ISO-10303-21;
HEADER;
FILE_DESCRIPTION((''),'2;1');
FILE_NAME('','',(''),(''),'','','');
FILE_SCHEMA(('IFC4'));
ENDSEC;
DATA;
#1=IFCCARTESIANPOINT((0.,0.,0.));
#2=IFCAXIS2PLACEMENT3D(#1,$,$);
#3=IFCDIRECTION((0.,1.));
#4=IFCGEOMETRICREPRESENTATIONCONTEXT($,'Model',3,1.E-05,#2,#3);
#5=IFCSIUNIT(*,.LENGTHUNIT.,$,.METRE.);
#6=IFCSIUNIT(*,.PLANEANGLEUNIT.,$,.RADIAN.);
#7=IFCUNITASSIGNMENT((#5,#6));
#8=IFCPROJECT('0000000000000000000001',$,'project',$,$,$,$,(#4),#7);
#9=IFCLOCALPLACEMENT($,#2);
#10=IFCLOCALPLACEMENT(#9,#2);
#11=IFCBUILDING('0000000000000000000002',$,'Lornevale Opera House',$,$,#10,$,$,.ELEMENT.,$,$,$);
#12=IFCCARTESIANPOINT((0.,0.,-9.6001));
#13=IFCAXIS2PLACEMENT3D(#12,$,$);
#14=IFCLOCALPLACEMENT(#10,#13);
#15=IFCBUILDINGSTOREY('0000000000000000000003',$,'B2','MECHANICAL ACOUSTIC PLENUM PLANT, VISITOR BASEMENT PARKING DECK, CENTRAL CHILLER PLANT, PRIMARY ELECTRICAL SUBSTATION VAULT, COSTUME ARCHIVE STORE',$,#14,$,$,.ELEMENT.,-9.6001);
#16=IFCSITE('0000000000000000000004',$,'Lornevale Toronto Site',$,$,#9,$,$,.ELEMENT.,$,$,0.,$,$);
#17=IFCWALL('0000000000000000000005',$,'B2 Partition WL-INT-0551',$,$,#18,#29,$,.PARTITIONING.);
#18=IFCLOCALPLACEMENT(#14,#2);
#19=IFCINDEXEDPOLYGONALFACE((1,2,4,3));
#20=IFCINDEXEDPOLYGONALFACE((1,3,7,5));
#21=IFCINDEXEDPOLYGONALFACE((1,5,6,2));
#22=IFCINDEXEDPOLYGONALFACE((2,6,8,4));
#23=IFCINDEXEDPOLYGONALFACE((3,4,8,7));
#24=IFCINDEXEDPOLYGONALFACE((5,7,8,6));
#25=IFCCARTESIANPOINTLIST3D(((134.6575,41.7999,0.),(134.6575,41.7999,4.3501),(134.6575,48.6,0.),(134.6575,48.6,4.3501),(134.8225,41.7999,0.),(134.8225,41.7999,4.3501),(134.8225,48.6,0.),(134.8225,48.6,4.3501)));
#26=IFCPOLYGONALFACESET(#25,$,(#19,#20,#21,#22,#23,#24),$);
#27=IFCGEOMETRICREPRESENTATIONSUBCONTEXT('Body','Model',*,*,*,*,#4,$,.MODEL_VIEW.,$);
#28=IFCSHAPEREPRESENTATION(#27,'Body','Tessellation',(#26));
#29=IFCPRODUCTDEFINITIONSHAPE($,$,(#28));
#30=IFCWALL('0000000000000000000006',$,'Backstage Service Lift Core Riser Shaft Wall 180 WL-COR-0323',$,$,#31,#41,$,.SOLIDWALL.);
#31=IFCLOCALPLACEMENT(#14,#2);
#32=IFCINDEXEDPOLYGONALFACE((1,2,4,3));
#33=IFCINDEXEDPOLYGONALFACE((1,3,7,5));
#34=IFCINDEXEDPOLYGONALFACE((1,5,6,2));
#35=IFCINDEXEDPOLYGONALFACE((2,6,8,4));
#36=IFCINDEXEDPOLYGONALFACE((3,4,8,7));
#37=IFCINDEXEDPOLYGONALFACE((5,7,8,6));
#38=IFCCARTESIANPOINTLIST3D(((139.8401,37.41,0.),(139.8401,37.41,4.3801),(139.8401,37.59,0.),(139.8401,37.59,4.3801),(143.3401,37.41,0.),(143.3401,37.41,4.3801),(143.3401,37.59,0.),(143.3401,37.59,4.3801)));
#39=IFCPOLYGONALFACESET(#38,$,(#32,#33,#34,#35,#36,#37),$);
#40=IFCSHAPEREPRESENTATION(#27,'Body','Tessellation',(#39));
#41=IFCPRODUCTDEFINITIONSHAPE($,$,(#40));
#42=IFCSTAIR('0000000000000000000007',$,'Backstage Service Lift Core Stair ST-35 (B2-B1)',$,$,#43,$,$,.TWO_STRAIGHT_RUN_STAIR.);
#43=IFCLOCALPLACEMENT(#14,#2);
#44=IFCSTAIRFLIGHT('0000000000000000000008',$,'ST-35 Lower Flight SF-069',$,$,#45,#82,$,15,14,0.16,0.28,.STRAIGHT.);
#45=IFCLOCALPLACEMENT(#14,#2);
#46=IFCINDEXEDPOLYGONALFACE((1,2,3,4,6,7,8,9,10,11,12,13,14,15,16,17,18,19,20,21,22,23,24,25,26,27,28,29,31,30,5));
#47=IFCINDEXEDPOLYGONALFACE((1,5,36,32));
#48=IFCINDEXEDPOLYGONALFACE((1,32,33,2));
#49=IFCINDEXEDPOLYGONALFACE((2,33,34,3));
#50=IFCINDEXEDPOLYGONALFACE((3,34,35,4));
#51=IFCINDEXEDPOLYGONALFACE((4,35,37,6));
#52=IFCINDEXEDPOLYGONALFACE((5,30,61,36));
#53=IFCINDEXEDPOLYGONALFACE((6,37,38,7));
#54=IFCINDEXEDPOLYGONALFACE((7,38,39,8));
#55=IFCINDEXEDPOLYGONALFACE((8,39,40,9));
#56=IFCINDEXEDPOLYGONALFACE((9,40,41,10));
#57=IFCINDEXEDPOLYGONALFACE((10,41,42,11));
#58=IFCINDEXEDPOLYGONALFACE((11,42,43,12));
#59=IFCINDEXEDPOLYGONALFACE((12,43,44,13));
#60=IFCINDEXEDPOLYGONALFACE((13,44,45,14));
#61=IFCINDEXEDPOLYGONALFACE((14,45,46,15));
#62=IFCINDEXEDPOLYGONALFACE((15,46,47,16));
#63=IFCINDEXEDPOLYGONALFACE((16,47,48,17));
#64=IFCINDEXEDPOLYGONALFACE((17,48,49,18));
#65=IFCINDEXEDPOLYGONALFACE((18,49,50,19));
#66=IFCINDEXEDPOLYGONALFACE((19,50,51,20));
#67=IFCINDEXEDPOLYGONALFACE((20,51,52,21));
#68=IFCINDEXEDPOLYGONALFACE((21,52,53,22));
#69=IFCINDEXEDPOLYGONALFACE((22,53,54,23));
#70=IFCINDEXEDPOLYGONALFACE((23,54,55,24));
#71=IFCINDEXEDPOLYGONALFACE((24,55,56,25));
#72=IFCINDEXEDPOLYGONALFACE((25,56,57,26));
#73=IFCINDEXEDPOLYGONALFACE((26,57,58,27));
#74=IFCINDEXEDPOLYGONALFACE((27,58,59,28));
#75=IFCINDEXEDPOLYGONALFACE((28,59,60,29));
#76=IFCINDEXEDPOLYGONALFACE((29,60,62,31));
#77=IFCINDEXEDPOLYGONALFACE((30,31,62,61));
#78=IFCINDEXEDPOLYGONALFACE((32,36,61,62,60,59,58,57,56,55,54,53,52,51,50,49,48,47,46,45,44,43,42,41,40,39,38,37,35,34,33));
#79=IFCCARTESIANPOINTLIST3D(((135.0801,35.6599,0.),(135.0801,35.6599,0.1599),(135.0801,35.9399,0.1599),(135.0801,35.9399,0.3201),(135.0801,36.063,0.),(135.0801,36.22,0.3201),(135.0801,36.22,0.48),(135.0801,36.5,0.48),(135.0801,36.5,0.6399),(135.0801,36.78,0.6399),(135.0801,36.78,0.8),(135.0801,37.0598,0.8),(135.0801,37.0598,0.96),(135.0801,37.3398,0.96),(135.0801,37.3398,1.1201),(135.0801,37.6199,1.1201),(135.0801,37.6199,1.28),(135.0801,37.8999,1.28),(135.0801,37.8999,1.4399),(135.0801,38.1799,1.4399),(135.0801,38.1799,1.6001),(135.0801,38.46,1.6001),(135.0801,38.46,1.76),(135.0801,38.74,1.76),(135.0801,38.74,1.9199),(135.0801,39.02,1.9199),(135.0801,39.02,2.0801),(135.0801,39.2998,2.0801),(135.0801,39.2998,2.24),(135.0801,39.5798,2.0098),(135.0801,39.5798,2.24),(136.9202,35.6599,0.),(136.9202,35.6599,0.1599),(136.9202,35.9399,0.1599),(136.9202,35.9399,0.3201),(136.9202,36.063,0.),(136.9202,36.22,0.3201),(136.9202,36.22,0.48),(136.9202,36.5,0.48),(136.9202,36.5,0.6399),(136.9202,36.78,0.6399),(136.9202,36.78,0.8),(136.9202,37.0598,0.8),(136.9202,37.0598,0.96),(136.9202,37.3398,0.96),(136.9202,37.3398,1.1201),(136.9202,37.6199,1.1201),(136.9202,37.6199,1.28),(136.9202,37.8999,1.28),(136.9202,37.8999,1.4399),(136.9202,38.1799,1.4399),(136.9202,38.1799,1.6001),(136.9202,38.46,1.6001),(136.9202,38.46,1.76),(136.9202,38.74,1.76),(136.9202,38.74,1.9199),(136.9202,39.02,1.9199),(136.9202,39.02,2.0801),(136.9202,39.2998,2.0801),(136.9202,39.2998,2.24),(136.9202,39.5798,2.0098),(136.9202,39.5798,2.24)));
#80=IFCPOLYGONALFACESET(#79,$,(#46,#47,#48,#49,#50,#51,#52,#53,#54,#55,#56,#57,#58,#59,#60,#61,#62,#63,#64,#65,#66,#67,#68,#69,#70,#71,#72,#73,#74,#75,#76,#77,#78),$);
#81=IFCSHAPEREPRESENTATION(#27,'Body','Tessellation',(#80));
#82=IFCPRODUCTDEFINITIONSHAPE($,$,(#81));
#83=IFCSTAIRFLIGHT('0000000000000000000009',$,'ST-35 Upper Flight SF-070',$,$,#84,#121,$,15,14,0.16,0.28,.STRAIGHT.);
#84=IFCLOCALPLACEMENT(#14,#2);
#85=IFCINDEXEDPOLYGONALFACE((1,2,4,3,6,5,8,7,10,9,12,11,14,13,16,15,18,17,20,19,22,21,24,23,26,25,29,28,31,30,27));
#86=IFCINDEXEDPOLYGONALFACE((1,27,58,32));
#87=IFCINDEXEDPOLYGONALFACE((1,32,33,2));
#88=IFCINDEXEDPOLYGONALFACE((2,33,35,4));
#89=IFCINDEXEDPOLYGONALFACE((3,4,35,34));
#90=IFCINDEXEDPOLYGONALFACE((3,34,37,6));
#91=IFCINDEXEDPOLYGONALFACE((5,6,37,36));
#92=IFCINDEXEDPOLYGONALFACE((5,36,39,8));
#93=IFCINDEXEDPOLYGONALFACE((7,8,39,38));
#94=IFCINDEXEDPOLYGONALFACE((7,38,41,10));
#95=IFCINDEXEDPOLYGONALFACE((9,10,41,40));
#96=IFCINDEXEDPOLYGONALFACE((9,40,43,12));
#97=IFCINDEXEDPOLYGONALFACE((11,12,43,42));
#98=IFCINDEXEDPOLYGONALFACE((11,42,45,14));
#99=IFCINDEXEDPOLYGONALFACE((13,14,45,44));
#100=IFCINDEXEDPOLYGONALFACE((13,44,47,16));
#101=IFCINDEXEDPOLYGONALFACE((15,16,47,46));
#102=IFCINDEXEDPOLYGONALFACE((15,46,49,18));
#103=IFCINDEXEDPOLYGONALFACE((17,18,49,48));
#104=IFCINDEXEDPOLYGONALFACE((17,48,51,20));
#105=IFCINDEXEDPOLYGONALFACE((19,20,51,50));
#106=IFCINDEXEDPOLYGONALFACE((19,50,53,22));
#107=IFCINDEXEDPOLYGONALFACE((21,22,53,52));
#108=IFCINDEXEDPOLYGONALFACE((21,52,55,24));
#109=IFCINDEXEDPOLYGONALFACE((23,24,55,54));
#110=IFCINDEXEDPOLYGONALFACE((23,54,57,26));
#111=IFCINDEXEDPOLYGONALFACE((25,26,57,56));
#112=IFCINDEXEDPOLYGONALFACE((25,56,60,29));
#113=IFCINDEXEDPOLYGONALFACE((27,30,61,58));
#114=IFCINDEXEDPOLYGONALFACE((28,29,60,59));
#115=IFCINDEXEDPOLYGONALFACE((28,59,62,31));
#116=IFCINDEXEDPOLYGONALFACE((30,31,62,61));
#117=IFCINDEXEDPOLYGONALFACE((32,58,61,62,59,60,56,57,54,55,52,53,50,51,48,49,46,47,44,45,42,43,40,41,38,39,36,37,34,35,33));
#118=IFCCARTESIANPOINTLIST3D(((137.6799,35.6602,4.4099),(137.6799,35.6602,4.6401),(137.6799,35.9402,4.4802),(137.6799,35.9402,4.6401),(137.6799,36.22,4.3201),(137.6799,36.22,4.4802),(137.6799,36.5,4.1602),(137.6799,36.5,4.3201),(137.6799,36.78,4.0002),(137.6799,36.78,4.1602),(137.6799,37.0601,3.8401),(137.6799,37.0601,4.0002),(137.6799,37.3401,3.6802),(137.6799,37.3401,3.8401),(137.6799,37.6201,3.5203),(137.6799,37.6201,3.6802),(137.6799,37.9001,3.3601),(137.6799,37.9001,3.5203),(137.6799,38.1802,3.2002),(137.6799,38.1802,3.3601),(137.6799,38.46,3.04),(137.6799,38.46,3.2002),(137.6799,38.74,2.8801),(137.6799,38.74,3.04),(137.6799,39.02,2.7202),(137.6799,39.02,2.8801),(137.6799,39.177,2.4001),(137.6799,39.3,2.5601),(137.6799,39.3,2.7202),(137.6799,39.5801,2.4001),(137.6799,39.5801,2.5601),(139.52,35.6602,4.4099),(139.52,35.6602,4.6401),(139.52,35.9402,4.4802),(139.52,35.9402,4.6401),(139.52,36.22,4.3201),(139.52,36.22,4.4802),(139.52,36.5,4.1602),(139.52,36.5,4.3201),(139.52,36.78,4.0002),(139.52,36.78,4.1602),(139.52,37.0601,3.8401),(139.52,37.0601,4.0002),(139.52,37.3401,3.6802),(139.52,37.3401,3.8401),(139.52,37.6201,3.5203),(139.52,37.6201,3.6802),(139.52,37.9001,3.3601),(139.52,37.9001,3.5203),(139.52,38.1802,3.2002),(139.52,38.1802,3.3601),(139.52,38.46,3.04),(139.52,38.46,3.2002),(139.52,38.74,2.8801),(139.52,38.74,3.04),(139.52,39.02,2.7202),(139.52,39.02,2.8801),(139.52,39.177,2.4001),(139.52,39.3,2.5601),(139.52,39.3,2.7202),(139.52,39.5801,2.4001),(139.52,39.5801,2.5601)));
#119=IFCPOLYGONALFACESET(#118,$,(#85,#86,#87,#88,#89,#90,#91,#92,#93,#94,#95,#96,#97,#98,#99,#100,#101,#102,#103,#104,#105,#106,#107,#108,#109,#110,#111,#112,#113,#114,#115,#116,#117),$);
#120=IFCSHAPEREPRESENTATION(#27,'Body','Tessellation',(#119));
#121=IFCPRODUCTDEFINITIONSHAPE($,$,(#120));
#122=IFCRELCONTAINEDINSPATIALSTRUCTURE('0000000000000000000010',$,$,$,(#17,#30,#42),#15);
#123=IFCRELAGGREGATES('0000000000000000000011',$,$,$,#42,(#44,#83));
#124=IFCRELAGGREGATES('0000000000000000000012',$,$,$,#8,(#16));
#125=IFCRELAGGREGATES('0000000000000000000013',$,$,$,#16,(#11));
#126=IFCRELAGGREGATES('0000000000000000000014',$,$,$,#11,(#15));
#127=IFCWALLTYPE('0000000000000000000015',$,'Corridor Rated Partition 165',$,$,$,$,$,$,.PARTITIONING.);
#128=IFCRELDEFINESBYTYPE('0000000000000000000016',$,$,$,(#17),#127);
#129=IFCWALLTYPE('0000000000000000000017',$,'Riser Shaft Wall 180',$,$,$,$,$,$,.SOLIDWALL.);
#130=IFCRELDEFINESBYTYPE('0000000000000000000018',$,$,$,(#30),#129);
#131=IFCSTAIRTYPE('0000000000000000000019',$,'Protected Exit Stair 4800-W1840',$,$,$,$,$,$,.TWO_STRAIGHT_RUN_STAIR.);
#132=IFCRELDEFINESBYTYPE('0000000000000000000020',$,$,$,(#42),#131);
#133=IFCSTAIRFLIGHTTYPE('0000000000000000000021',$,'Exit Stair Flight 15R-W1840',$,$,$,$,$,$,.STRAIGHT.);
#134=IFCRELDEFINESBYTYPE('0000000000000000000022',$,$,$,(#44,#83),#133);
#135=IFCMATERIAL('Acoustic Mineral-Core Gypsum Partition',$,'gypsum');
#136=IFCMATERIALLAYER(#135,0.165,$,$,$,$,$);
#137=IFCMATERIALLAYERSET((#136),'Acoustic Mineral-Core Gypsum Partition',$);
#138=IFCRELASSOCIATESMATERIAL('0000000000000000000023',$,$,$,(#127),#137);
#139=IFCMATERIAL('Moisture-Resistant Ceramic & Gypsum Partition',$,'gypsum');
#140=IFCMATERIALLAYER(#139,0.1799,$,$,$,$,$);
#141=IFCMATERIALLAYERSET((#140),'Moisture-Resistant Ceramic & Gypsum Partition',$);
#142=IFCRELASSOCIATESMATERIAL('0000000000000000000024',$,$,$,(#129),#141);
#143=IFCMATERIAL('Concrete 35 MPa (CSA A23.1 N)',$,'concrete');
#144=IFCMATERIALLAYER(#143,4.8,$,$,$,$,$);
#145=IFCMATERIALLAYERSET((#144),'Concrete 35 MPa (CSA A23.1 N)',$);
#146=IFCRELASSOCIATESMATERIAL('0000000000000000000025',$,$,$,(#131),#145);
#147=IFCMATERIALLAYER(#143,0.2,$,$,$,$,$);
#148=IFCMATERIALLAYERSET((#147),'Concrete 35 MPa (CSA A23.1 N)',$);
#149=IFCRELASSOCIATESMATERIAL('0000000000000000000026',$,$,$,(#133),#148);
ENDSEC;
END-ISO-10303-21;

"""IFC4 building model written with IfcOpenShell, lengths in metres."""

from ifc_helpers import new_model, si_unit, direction, frame, frame_2d, origin, place, context, subcontext, project, spatial, polyline, rectangle, outline, extrude, material, layer, layer_set, type_object, element, aggregate, save


model = new_model("IFC4")

# Units and contexts
model_context = context("Model", 3, precision=1e-05, world=origin(), true_north=direction((0.0, 1.0)))
body_context = subcontext(model_context, "Body", "Model", "MODEL_VIEW")
ifc_project = project(units=[si_unit("LENGTHUNIT", "METRE"), si_unit("PLANEANGLEUNIT", "RADIAN")], contexts=[model_context])

# Site, building, storey
site_placement = place(None, origin())
site = spatial("IfcSite", under=ifc_project, at=site_placement, Name="Lornevale Toronto Site", CompositionType="ELEMENT", RefElevation=0.0)
building_placement = place(site_placement, origin())
building = spatial("IfcBuilding", under=site, at=building_placement, Name="Lornevale Opera House", CompositionType="ELEMENT")
storey_placement = place(building_placement, frame((0.0, 0.0, -9.6001)))
storey = spatial("IfcBuildingStorey", under=building, at=storey_placement, Name="B2", Description="MECHANICAL ACOUSTIC PLENUM PLANT, VISITOR BASEMENT PARKING DECK, CENTRAL CHILLER PLANT, PRIMARY ELECTRICAL SUBSTATION VAULT, COSTUME ARCHIVE STORE", CompositionType="ELEMENT", Elevation=-9.6001)

# Shared definitions
ifc_material_1 = material(Name="Concrete 35 MPa (CSA A23.1 N)", Category="concrete")

# Shared definitions
ifc_material_2 = material(Name="Acoustic Mineral-Core Gypsum Partition", Category="gypsum")
ifc_layer_1 = layer(ifc_material_2, 0.165)
ifc_layer_set_1 = layer_set([ifc_layer_1], Name="Acoustic Mineral-Core Gypsum Partition")
wall_type_1 = type_object("IfcWallType", Name="Corridor Rated Partition 165", PredefinedType="PARTITIONING", material=ifc_layer_set_1)

# Walls
wall_1_placement = place(storey_placement, frame((134.74, 41.8, 0.0), z_axis=(0.0, 0.0, 1.0), x_axis=(0.0, 1.0, 0.0)))
element("IfcWall", 1, at=wall_1_placement, inside=storey, type_object=wall_type_1, Name="B2 Partition WL-INT-0551", PredefinedType="PARTITIONING", context=body_context, shape_type="SweptSolid", body=[
    extrude(rectangle(XDim=6.8, YDim=0.165, at=frame_2d((3.3999, 0.0))), origin(), (0.0, 0.0, 1.0), 4.3501),
])
ifc_material_3 = material(Name="Moisture-Resistant Ceramic & Gypsum Partition", Category="gypsum")
ifc_layer_2 = layer(ifc_material_3, 0.1799)
ifc_layer_set_2 = layer_set([ifc_layer_2], Name="Moisture-Resistant Ceramic & Gypsum Partition")
wall_type_2 = type_object("IfcWallType", Name="Riser Shaft Wall 180", PredefinedType="SOLIDWALL", material=ifc_layer_set_2)
wall_2_placement = place(storey_placement, frame((139.8401, 37.5, 0.0), z_axis=(0.0, 0.0, 1.0), x_axis=(1.0, 0.0, 0.0)))
element("IfcWall", 2, at=wall_2_placement, inside=storey, type_object=wall_type_2, Name="Backstage Service Lift Core Riser Shaft Wall 180 WL-COR-0323", PredefinedType="SOLIDWALL", context=body_context, shape_type="SweptSolid", body=[
    extrude(rectangle(XDim=3.5, YDim=0.1799, at=frame_2d((1.75, 0.0))), origin(), (0.0, 0.0, 1.0), 4.3801),
])

# Stair, stair flights
ifc_layer_3 = layer(ifc_material_1, 4.8)
ifc_layer_set_3 = layer_set([ifc_layer_3], Name="Concrete 35 MPa (CSA A23.1 N)")
stair_type = type_object("IfcStairType", Name="Protected Exit Stair 4800-W1840", PredefinedType="TWO_STRAIGHT_RUN_STAIR", material=ifc_layer_set_3)
stair_placement = place(storey_placement, origin())
stair = element("IfcStair", 3, at=stair_placement, inside=storey, type_object=stair_type, Name="Backstage Service Lift Core Stair ST-35 (B2-B1)", PredefinedType="TWO_STRAIGHT_RUN_STAIR")
ifc_layer_4 = layer(ifc_material_1, 0.2)
ifc_layer_set_4 = layer_set([ifc_layer_4], Name="Concrete 35 MPa (CSA A23.1 N)")
stair_flight_type = type_object("IfcStairFlightType", Name="Exit Stair Flight 15R-W1840", PredefinedType="STRAIGHT", material=ifc_layer_set_4)
stair_flight_1_placement = place(storey_placement, frame((136.0, 35.6599, 0.0), z_axis=(0.0, 0.0, 1.0), x_axis=(0.0, 1.0, 0.0)))
stair_flight_1 = element("IfcStairFlight", 4, at=stair_flight_1_placement, type_object=stair_flight_type, Name="ST-35 Lower Flight SF-069", NumberOfRisers=15, NumberOfTreads=14, PredefinedType="STRAIGHT", RiserHeight=0.16, TreadLength=0.28, context=body_context, shape_type="SweptSolid", body=[
    extrude(outline(polyline([(0.0, 0.0), (0.0, 0.1599), (0.28, 0.1599), (0.28, 0.3201), (0.5601, 0.3201), (0.5601, 0.48), (0.8401, 0.48), (0.8401, 0.6399), (1.1201, 0.6399), (1.1201, 0.8), (1.3999, 0.8), (1.3999, 0.96), (1.6799, 0.96), (1.6799, 1.1201), (1.96, 1.1201), (1.96, 1.28), (2.24, 1.28), (2.24, 1.4399), (2.52, 1.4399), (2.52, 1.6001), (2.8, 1.6001), (2.8, 1.76), (3.0801, 1.76), (3.0801, 1.9199), (3.3601, 1.9199), (3.3601, 2.0801), (3.6399, 2.0801), (3.6399, 2.24), (3.9199, 2.24), (3.9199, 2.0098), (0.4031, 0.0), (0.0, 0.0)])), frame((0.0, 0.9199, 0.0), z_axis=(0.0, -1.0, 0.0), x_axis=(1.0, 0.0, 0.0)), (0.0, 0.0, 1.0), 1.8401),
])
stair_flight_2_placement = place(storey_placement, frame((138.6001, 39.5801, 2.4001), z_axis=(0.0, 0.0, 1.0), x_axis=(0.0, -1.0, 0.0)))
stair_flight_2 = element("IfcStairFlight", 5, at=stair_flight_2_placement, type_object=stair_flight_type, Name="ST-35 Upper Flight SF-070", NumberOfRisers=15, NumberOfTreads=14, PredefinedType="STRAIGHT", RiserHeight=0.16, TreadLength=0.28, context=body_context, shape_type="SweptSolid", body=[
    extrude(outline(polyline([(0.0, 0.0), (0.0, 0.1599), (0.28, 0.1599), (0.28, 0.3201), (0.5601, 0.3201), (0.5601, 0.48), (0.8401, 0.48), (0.8401, 0.6399), (1.1201, 0.6399), (1.1201, 0.8), (1.3999, 0.8), (1.3999, 0.96), (1.6799, 0.96), (1.6799, 1.1201), (1.96, 1.1201), (1.96, 1.28), (2.24, 1.28), (2.24, 1.4399), (2.52, 1.4399), (2.52, 1.6001), (2.8, 1.6001), (2.8, 1.76), (3.0801, 1.76), (3.0801, 1.9199), (3.3601, 1.9199), (3.3601, 2.0801), (3.6399, 2.0801), (3.6399, 2.24), (3.9199, 2.24), (3.9199, 2.0098), (0.4031, 0.0), (0.0, 0.0)])), frame((0.0, 0.9199, 0.0), z_axis=(0.0, -1.0, 0.0), x_axis=(1.0, 0.0, 0.0)), (0.0, 0.0, 1.0), 1.8401),
])
aggregate(stair, [stair_flight_1, stair_flight_2])

save(model, "model.ifc")
